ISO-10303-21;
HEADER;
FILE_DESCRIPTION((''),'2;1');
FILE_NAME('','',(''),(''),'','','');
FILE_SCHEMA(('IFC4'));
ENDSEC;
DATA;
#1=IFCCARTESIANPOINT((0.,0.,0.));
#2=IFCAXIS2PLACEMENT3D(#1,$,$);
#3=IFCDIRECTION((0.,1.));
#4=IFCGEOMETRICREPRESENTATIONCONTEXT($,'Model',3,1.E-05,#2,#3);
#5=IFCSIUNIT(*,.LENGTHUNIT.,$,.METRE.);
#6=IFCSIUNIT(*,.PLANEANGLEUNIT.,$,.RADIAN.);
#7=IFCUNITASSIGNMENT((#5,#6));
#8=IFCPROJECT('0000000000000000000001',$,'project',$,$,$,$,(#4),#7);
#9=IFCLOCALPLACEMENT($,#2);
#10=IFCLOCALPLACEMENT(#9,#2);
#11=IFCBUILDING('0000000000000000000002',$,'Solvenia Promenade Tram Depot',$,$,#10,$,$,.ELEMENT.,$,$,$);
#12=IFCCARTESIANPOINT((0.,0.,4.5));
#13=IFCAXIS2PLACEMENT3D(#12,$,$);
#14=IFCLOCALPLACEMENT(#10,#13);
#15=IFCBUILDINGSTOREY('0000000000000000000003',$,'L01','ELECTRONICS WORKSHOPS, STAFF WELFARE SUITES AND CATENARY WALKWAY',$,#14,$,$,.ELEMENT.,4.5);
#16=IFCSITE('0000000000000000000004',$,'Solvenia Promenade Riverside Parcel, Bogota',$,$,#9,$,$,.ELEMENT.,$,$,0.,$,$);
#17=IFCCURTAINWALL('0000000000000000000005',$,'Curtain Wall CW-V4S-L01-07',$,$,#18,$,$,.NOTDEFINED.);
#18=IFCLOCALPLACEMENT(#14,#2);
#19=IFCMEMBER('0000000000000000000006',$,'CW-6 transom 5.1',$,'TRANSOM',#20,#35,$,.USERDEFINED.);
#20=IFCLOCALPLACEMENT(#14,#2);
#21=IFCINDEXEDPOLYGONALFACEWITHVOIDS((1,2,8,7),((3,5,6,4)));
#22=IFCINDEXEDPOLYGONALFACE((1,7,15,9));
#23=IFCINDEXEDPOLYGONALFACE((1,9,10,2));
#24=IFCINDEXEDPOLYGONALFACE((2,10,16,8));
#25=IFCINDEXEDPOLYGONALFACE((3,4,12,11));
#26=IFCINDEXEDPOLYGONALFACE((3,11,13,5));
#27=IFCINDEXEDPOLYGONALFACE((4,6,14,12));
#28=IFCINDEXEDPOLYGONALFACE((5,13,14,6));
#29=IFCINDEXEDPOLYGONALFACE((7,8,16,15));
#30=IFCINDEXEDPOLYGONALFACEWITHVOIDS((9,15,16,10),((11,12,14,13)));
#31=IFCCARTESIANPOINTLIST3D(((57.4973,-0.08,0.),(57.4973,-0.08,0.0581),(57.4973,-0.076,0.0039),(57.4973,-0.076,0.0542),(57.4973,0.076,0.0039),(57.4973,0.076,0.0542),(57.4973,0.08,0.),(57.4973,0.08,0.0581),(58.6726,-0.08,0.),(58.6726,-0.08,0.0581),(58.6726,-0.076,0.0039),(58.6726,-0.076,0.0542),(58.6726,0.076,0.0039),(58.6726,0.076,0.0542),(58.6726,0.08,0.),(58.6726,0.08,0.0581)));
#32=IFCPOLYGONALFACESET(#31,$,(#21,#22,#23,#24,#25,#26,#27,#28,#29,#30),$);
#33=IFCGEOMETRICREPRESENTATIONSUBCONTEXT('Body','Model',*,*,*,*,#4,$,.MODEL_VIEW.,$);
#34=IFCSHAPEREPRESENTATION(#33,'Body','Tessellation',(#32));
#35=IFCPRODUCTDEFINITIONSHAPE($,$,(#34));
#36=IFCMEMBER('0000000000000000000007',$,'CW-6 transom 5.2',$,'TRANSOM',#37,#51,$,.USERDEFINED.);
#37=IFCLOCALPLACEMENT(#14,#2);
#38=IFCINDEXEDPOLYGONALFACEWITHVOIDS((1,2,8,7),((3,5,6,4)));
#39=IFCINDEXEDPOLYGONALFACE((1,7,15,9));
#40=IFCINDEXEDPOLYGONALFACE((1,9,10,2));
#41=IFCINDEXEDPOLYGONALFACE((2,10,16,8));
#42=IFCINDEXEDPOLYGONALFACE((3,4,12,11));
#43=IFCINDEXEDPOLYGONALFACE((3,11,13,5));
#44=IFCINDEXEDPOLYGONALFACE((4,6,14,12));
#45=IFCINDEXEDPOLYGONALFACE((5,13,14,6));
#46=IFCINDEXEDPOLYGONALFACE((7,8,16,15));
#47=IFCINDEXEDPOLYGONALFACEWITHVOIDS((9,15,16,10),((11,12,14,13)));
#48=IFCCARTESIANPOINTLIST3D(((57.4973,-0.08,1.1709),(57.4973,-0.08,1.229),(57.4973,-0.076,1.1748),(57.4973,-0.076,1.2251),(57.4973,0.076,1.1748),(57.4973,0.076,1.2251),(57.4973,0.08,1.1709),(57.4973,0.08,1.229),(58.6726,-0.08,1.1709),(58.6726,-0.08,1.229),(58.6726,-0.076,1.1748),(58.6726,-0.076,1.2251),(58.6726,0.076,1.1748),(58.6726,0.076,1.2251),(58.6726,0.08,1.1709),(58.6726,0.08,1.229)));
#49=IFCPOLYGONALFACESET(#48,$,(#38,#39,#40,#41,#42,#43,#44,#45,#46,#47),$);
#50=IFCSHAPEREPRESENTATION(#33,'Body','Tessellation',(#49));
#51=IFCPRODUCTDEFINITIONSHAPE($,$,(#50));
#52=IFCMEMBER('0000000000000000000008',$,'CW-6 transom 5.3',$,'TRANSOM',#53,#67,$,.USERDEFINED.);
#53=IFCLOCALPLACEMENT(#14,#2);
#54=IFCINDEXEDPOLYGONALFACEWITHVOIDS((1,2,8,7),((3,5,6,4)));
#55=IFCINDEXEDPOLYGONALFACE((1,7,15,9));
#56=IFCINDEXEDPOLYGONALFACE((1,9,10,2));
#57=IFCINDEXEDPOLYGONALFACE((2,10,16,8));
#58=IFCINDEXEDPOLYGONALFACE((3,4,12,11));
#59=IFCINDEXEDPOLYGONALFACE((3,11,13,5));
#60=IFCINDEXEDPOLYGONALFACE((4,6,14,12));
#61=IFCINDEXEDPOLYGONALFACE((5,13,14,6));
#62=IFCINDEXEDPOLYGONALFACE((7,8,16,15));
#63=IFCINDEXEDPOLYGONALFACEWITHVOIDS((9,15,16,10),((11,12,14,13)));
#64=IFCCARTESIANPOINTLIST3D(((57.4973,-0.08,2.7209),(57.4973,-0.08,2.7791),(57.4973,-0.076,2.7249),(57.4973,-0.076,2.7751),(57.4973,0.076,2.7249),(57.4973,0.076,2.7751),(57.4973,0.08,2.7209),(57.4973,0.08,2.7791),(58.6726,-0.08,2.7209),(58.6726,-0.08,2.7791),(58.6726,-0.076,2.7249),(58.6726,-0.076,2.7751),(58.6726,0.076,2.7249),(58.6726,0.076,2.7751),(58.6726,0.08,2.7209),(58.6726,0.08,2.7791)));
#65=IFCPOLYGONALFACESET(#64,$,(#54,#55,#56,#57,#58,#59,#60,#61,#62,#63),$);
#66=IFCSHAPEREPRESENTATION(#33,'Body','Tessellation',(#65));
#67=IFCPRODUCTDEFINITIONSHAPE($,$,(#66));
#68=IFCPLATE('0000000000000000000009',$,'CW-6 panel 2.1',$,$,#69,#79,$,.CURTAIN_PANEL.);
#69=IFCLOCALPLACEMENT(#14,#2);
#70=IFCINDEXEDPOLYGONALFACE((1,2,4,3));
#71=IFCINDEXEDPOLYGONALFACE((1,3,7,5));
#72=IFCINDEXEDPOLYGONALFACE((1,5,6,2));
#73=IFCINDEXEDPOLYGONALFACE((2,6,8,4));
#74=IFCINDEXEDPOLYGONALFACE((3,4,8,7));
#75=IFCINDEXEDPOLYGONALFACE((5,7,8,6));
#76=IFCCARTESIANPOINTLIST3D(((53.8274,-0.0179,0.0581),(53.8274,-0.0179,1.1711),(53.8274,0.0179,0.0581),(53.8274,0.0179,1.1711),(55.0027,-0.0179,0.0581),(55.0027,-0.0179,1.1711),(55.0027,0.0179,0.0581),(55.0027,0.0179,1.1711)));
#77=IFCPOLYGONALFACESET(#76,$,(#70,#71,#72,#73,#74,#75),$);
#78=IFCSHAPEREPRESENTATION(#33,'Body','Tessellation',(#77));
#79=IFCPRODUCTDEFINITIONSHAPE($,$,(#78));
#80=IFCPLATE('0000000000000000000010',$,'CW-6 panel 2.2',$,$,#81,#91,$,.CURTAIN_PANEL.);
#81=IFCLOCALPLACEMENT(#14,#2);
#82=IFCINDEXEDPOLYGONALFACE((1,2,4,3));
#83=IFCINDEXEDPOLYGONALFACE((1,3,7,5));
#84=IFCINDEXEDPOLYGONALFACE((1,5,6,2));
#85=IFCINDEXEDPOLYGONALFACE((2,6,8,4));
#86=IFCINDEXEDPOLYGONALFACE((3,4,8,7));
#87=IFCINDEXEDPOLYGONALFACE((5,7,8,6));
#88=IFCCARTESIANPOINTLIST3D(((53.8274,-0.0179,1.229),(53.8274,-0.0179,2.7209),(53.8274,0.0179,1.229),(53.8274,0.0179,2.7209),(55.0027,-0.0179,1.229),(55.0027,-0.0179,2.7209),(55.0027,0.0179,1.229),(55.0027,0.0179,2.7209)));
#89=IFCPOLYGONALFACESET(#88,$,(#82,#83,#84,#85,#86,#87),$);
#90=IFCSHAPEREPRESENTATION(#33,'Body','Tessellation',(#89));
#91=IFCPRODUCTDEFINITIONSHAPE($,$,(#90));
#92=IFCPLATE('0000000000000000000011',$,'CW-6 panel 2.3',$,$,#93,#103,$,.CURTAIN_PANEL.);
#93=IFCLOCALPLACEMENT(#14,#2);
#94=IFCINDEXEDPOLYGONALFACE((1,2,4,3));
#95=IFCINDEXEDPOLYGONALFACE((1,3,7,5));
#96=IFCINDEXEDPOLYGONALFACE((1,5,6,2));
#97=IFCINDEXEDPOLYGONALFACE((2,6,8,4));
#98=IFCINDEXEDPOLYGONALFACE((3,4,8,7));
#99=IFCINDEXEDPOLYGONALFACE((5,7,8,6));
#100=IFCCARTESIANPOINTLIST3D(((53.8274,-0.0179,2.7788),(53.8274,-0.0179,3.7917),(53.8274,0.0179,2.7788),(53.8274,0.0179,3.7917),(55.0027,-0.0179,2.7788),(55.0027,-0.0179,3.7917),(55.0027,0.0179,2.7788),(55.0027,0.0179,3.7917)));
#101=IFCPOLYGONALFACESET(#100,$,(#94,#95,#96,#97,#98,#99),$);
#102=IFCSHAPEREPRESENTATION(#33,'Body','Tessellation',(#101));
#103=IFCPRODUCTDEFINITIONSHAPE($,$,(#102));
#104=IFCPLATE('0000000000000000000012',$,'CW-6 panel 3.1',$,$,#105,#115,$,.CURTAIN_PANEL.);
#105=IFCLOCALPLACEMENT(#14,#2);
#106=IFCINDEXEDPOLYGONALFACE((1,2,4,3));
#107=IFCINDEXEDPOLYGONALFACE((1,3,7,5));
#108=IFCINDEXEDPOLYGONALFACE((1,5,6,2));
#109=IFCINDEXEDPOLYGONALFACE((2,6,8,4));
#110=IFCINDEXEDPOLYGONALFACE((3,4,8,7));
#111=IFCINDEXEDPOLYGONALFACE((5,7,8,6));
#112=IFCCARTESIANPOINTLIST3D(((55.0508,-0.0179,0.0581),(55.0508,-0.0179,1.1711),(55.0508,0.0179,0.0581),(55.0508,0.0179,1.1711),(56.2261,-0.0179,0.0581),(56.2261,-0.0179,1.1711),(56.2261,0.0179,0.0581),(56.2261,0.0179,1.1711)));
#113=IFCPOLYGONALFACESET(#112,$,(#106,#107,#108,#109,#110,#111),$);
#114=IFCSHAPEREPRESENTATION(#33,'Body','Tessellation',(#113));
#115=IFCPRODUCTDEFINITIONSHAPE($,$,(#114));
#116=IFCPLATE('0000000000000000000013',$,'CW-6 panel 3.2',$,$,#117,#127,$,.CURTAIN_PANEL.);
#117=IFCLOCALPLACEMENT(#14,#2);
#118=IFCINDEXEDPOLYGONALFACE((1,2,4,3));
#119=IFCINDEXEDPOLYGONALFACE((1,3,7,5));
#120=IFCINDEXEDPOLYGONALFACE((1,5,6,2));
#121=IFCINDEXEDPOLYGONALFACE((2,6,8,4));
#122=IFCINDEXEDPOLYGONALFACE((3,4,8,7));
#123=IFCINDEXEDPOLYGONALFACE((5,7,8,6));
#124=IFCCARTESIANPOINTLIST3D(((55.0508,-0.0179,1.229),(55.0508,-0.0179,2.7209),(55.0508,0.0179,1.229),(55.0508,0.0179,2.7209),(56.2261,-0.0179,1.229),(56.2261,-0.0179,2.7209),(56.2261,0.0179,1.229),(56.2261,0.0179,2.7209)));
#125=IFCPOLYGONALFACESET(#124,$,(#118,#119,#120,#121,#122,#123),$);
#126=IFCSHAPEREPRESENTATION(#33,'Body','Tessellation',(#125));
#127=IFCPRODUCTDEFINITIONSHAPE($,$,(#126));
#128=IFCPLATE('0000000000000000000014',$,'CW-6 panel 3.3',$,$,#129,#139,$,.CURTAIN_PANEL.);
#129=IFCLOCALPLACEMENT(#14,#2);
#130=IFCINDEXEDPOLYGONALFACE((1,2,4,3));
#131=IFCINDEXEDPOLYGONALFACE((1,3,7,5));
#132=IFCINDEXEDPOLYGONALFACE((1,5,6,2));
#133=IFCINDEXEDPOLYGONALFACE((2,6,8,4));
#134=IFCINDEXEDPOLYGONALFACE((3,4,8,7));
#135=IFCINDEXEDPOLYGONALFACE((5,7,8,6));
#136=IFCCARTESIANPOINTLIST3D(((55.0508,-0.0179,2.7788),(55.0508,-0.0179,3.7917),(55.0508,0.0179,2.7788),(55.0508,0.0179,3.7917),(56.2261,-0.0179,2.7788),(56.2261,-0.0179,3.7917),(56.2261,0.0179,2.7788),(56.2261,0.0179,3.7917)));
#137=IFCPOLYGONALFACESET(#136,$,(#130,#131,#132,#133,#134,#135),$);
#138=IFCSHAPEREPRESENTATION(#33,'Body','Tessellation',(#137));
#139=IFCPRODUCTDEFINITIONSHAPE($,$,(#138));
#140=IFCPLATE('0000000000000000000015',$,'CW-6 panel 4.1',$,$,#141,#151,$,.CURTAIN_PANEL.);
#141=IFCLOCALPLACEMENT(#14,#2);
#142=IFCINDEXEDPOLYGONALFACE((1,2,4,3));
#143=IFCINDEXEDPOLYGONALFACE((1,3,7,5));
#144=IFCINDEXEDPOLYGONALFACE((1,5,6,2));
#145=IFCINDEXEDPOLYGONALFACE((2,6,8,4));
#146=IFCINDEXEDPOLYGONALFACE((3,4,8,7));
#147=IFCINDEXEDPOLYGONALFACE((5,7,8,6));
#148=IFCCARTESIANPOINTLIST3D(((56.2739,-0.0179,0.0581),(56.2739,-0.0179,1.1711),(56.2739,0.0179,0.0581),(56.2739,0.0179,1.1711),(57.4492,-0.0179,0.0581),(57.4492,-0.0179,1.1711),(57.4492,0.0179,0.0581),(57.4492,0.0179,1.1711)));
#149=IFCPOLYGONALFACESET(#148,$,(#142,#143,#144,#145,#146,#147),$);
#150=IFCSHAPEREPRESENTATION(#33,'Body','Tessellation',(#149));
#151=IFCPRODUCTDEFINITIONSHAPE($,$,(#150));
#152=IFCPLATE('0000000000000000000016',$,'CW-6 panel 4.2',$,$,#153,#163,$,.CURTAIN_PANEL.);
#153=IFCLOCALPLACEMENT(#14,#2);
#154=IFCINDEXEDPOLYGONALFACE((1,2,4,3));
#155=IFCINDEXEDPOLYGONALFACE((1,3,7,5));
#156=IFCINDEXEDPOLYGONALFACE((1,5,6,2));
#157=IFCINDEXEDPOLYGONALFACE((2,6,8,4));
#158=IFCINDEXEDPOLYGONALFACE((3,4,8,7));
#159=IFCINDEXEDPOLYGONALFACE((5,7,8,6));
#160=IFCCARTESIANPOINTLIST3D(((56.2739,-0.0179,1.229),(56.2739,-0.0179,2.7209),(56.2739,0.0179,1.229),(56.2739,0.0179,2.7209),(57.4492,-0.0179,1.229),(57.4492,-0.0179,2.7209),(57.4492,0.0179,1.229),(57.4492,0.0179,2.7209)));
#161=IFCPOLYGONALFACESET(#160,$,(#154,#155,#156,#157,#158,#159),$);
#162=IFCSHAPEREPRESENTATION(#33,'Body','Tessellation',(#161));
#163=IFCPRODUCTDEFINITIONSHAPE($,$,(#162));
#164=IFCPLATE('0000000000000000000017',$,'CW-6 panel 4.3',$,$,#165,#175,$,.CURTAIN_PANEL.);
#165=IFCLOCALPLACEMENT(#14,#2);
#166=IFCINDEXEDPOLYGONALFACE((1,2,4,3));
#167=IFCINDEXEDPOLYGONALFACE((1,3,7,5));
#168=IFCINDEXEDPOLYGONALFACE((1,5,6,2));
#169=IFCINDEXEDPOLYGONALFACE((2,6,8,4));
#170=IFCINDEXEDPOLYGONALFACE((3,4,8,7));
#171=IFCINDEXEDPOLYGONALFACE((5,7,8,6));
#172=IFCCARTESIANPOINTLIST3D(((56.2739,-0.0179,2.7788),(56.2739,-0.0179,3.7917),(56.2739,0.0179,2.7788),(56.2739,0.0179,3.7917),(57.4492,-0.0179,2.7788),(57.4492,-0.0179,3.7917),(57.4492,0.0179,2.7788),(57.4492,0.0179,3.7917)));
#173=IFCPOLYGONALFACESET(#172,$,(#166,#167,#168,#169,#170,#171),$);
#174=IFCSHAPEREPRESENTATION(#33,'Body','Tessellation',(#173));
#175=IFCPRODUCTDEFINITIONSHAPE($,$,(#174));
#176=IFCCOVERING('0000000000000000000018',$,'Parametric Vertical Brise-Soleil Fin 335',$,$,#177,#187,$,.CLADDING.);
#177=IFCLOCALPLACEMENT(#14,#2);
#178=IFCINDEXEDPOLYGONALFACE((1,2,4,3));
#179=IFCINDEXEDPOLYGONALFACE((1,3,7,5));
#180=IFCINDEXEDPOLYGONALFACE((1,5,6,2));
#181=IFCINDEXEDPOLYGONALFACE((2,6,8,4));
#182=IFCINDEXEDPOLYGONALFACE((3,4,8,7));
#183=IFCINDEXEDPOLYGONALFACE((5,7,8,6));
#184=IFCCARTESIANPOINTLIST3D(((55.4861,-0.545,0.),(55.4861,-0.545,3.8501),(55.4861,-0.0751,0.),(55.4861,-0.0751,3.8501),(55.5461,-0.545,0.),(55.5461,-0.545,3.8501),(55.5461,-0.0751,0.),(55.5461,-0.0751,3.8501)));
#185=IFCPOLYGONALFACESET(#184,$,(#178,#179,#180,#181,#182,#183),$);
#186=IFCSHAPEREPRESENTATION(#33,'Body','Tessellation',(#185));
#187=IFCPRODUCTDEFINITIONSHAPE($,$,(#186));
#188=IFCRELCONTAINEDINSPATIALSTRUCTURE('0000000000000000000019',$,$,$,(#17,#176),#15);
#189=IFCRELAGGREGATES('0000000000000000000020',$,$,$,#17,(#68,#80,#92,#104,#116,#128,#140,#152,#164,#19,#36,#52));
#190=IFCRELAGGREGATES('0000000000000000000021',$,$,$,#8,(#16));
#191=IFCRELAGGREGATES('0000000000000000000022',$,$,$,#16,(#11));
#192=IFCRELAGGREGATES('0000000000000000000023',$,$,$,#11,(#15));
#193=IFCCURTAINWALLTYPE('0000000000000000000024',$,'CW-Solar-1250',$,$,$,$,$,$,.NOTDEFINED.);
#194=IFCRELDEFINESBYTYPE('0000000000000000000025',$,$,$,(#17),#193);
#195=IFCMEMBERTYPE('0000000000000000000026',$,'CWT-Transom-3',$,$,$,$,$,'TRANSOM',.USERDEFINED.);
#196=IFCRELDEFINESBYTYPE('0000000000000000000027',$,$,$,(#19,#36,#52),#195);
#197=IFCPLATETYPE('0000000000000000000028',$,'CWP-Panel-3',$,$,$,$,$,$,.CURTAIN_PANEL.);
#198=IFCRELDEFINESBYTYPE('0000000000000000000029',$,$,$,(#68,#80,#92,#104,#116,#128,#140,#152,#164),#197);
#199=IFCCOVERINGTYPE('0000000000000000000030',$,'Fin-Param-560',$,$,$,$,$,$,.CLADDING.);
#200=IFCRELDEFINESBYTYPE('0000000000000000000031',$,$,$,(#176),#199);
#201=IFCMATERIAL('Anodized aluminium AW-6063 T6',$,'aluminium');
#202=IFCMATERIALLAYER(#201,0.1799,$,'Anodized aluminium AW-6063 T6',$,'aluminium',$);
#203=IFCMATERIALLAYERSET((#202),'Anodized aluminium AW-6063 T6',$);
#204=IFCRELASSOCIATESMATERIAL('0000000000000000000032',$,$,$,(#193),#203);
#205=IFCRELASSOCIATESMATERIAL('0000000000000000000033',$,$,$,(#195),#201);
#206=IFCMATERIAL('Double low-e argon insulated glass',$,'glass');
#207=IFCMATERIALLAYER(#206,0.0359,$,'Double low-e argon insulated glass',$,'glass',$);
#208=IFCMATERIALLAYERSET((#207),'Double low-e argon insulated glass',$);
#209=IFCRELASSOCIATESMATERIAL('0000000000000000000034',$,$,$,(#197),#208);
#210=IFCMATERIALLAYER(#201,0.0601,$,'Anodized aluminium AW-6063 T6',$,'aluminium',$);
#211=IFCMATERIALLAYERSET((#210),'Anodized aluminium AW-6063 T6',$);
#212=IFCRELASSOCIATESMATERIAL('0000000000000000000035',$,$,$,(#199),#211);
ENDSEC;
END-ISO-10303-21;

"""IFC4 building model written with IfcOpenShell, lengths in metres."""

from ifc_helpers import new_model, si_unit, direction, frame, origin, origin_2d, place, context, subcontext, project, spatial, rectangle, hollow_rectangle, extrude, material, layer, layer_set, material_profile, profile_set, type_object, element, aggregate, save


model = new_model("IFC4")

# Units and contexts
model_context = context("Model", 3, precision=1e-05, world=origin(), true_north=direction((0.0, 1.0)))
body_context = subcontext(model_context, "Body", "Model", "MODEL_VIEW")
ifc_project = project(units=[si_unit("LENGTHUNIT", "METRE"), si_unit("PLANEANGLEUNIT", "RADIAN")], contexts=[model_context])

# Site, building, storey
site_placement = place(None, origin())
site = spatial("IfcSite", under=ifc_project, at=site_placement, Name="Solvenia Promenade Riverside Parcel, Bogota", CompositionType="ELEMENT", RefElevation=0.0)
building_placement = place(site_placement, origin())
building = spatial("IfcBuilding", under=site, at=building_placement, Name="Solvenia Promenade Tram Depot", CompositionType="ELEMENT")
storey_placement = place(building_placement, frame((0.0, 0.0, 4.5)))
storey = spatial("IfcBuildingStorey", under=building, at=storey_placement, Name="L01", Description="ELECTRONICS WORKSHOPS, STAFF WELFARE SUITES AND CATENARY WALKWAY", CompositionType="ELEMENT", Elevation=4.5)

# Curtain wall, members, plates
ifc_material_1 = material(Name="Anodized aluminium AW-6063 T6", Category="aluminium")
ifc_layer_1 = layer(ifc_material_1, 0.1799, Name="Anodized aluminium AW-6063 T6", Category="aluminium")
ifc_layer_set_1 = layer_set([ifc_layer_1], Name="Anodized aluminium AW-6063 T6")
curtain_wall_type = type_object("IfcCurtainWallType", Name="CW-Solar-1250", PredefinedType="NOTDEFINED", material=ifc_layer_set_1)
curtain_wall_placement = place(storey_placement, origin())
curtain_wall = element("IfcCurtainWall", 1, at=curtain_wall_placement, inside=storey, type_object=curtain_wall_type, Name="Curtain Wall CW-V4S-L01-07", PredefinedType="NOTDEFINED")
ifc_material_profile_1 = material_profile(ifc_material_1, hollow_rectangle(XDim=0.1599, YDim=0.0581, WallThickness=0.0039, at=origin_2d()), Name="ALU-T3", Category="aluminium")
ifc_profile_set_1 = profile_set([ifc_material_profile_1], Name="Anodized aluminium AW-6063 T6")
member_type_1 = type_object("IfcMemberType", Name="CWT-Transom-3", ElementType="TRANSOM", PredefinedType="USERDEFINED", material=ifc_profile_set_1)
member_1_placement = place(storey_placement, frame((57.4973, 0.0, 0.0291), z_axis=(1.0, 0.0, 0.0), x_axis=(0.0, 1.0, 0.0)))
member_1 = element("IfcMember", 2, at=member_1_placement, type_object=member_type_1, Name="CW-6 transom 5.1", ObjectType="TRANSOM", PredefinedType="USERDEFINED", context=body_context, shape_type="SweptSolid", body=[
    extrude(hollow_rectangle(XDim=0.1599, YDim=0.0581, WallThickness=0.0039, at=origin_2d()), origin(), (0.0, 0.0, 1.0), 1.1753),
])
member_2_placement = place(storey_placement, frame((57.4973, 0.0, 1.2), z_axis=(1.0, 0.0, 0.0), x_axis=(0.0, 1.0, 0.0)))
member_2 = element("IfcMember", 3, at=member_2_placement, type_object=member_type_1, Name="CW-6 transom 5.2", ObjectType="TRANSOM", PredefinedType="USERDEFINED", context=body_context, shape_type="SweptSolid", body=[
    extrude(hollow_rectangle(XDim=0.1599, YDim=0.0581, WallThickness=0.0039, at=origin_2d()), origin(), (0.0, 0.0, 1.0), 1.1753),
])
member_3_placement = place(storey_placement, frame((57.4973, 0.0, 2.75), z_axis=(1.0, 0.0, 0.0), x_axis=(0.0, 1.0, 0.0)))
member_3 = element("IfcMember", 4, at=member_3_placement, type_object=member_type_1, Name="CW-6 transom 5.3", ObjectType="TRANSOM", PredefinedType="USERDEFINED", context=body_context, shape_type="SweptSolid", body=[
    extrude(hollow_rectangle(XDim=0.1599, YDim=0.0581, WallThickness=0.0039, at=origin_2d()), origin(), (0.0, 0.0, 1.0), 1.1753),
])
ifc_material_2 = material(Name="Double low-e argon insulated glass", Category="glass")
ifc_layer_2 = layer(ifc_material_2, 0.0359, Name="Double low-e argon insulated glass", Category="glass")
ifc_layer_set_2 = layer_set([ifc_layer_2], Name="Double low-e argon insulated glass")
plate_type = type_object("IfcPlateType", Name="CWP-Panel-3", PredefinedType="CURTAIN_PANEL", material=ifc_layer_set_2)
plate_1_placement = place(storey_placement, frame((54.415, 0.0, 0.0581), z_axis=(0.0, 0.0, 1.0), x_axis=(1.0, 0.0, 0.0)))
plate_1 = element("IfcPlate", 5, at=plate_1_placement, type_object=plate_type, Name="CW-6 panel 2.1", PredefinedType="CURTAIN_PANEL", context=body_context, shape_type="SweptSolid", body=[
    extrude(rectangle(XDim=1.1753, YDim=0.0359, at=origin_2d()), origin(), (0.0, 0.0, 1.0), 1.113),
])
plate_2_placement = place(storey_placement, frame((54.415, 0.0, 1.229), z_axis=(0.0, 0.0, 1.0), x_axis=(1.0, 0.0, 0.0)))
plate_2 = element("IfcPlate", 6, at=plate_2_placement, type_object=plate_type, Name="CW-6 panel 2.2", PredefinedType="CURTAIN_PANEL", context=body_context, shape_type="SweptSolid", body=[
    extrude(rectangle(XDim=1.1753, YDim=0.0359, at=origin_2d()), origin(), (0.0, 0.0, 1.0), 1.4919),
])
plate_3_placement = place(storey_placement, frame((54.415, 0.0, 2.7788), z_axis=(0.0, 0.0, 1.0), x_axis=(1.0, 0.0, 0.0)))
plate_3 = element("IfcPlate", 7, at=plate_3_placement, type_object=plate_type, Name="CW-6 panel 2.3", PredefinedType="CURTAIN_PANEL", context=body_context, shape_type="SweptSolid", body=[
    extrude(rectangle(XDim=1.1753, YDim=0.0359, at=origin_2d()), origin(), (0.0, 0.0, 1.0), 1.0129),
])
plate_4_placement = place(storey_placement, frame((55.6384, 0.0, 0.0581), z_axis=(0.0, 0.0, 1.0), x_axis=(1.0, 0.0, 0.0)))
plate_4 = element("IfcPlate", 8, at=plate_4_placement, type_object=plate_type, Name="CW-6 panel 3.1", PredefinedType="CURTAIN_PANEL", context=body_context, shape_type="SweptSolid", body=[
    extrude(rectangle(XDim=1.1753, YDim=0.0359, at=origin_2d()), origin(), (0.0, 0.0, 1.0), 1.113),
])
plate_5_placement = place(storey_placement, frame((55.6384, 0.0, 1.229), z_axis=(0.0, 0.0, 1.0), x_axis=(1.0, 0.0, 0.0)))
plate_5 = element("IfcPlate", 9, at=plate_5_placement, type_object=plate_type, Name="CW-6 panel 3.2", PredefinedType="CURTAIN_PANEL", context=body_context, shape_type="SweptSolid", body=[
    extrude(rectangle(XDim=1.1753, YDim=0.0359, at=origin_2d()), origin(), (0.0, 0.0, 1.0), 1.4919),
])
plate_6_placement = place(storey_placement, frame((55.6384, 0.0, 2.7788), z_axis=(0.0, 0.0, 1.0), x_axis=(1.0, 0.0, 0.0)))
plate_6 = element("IfcPlate", 10, at=plate_6_placement, type_object=plate_type, Name="CW-6 panel 3.3", PredefinedType="CURTAIN_PANEL", context=body_context, shape_type="SweptSolid", body=[
    extrude(rectangle(XDim=1.1753, YDim=0.0359, at=origin_2d()), origin(), (0.0, 0.0, 1.0), 1.0129),
])
plate_7_placement = place(storey_placement, frame((56.8616, 0.0, 0.0581), z_axis=(0.0, 0.0, 1.0), x_axis=(1.0, 0.0, 0.0)))
plate_7 = element("IfcPlate", 11, at=plate_7_placement, type_object=plate_type, Name="CW-6 panel 4.1", PredefinedType="CURTAIN_PANEL", context=body_context, shape_type="SweptSolid", body=[
    extrude(rectangle(XDim=1.1753, YDim=0.0359, at=origin_2d()), origin(), (0.0, 0.0, 1.0), 1.113),
])
plate_8_placement = place(storey_placement, frame((56.8616, 0.0, 1.229), z_axis=(0.0, 0.0, 1.0), x_axis=(1.0, 0.0, 0.0)))
plate_8 = element("IfcPlate", 12, at=plate_8_placement, type_object=plate_type, Name="CW-6 panel 4.2", PredefinedType="CURTAIN_PANEL", context=body_context, shape_type="SweptSolid", body=[
    extrude(rectangle(XDim=1.1753, YDim=0.0359, at=origin_2d()), origin(), (0.0, 0.0, 1.0), 1.4919),
])
plate_9_placement = place(storey_placement, frame((56.8616, 0.0, 2.7788), z_axis=(0.0, 0.0, 1.0), x_axis=(1.0, 0.0, 0.0)))
plate_9 = element("IfcPlate", 13, at=plate_9_placement, type_object=plate_type, Name="CW-6 panel 4.3", PredefinedType="CURTAIN_PANEL", context=body_context, shape_type="SweptSolid", body=[
    extrude(rectangle(XDim=1.1753, YDim=0.0359, at=origin_2d()), origin(), (0.0, 0.0, 1.0), 1.0129),
])
aggregate(curtain_wall, [plate_1, plate_2, plate_3, plate_4, plate_5, plate_6, plate_7, plate_8, plate_9, member_1, member_2, member_3])

# Covering
ifc_layer_3 = layer(ifc_material_1, 0.0601, Name="Anodized aluminium AW-6063 T6", Category="aluminium")
ifc_layer_set_3 = layer_set([ifc_layer_3], Name="Anodized aluminium AW-6063 T6")
covering_type = type_object("IfcCoveringType", Name="Fin-Param-560", PredefinedType="CLADDING", material=ifc_layer_set_3)
covering_1_placement = place(storey_placement, frame((55.5161, -0.3101, 0.0), z_axis=(0.0, 0.0, 1.0), x_axis=(1.0, 0.0, 0.0)))
element("IfcCovering", 14, at=covering_1_placement, inside=storey, type_object=covering_type, Name="Parametric Vertical Brise-Soleil Fin 335", PredefinedType="CLADDING", context=body_context, shape_type="SweptSolid", body=[
    extrude(rectangle(XDim=0.0601, YDim=0.47, at=origin_2d()), origin(), (0.0, 0.0, 1.0), 3.8501),
])

save(model, "model.ifc")
